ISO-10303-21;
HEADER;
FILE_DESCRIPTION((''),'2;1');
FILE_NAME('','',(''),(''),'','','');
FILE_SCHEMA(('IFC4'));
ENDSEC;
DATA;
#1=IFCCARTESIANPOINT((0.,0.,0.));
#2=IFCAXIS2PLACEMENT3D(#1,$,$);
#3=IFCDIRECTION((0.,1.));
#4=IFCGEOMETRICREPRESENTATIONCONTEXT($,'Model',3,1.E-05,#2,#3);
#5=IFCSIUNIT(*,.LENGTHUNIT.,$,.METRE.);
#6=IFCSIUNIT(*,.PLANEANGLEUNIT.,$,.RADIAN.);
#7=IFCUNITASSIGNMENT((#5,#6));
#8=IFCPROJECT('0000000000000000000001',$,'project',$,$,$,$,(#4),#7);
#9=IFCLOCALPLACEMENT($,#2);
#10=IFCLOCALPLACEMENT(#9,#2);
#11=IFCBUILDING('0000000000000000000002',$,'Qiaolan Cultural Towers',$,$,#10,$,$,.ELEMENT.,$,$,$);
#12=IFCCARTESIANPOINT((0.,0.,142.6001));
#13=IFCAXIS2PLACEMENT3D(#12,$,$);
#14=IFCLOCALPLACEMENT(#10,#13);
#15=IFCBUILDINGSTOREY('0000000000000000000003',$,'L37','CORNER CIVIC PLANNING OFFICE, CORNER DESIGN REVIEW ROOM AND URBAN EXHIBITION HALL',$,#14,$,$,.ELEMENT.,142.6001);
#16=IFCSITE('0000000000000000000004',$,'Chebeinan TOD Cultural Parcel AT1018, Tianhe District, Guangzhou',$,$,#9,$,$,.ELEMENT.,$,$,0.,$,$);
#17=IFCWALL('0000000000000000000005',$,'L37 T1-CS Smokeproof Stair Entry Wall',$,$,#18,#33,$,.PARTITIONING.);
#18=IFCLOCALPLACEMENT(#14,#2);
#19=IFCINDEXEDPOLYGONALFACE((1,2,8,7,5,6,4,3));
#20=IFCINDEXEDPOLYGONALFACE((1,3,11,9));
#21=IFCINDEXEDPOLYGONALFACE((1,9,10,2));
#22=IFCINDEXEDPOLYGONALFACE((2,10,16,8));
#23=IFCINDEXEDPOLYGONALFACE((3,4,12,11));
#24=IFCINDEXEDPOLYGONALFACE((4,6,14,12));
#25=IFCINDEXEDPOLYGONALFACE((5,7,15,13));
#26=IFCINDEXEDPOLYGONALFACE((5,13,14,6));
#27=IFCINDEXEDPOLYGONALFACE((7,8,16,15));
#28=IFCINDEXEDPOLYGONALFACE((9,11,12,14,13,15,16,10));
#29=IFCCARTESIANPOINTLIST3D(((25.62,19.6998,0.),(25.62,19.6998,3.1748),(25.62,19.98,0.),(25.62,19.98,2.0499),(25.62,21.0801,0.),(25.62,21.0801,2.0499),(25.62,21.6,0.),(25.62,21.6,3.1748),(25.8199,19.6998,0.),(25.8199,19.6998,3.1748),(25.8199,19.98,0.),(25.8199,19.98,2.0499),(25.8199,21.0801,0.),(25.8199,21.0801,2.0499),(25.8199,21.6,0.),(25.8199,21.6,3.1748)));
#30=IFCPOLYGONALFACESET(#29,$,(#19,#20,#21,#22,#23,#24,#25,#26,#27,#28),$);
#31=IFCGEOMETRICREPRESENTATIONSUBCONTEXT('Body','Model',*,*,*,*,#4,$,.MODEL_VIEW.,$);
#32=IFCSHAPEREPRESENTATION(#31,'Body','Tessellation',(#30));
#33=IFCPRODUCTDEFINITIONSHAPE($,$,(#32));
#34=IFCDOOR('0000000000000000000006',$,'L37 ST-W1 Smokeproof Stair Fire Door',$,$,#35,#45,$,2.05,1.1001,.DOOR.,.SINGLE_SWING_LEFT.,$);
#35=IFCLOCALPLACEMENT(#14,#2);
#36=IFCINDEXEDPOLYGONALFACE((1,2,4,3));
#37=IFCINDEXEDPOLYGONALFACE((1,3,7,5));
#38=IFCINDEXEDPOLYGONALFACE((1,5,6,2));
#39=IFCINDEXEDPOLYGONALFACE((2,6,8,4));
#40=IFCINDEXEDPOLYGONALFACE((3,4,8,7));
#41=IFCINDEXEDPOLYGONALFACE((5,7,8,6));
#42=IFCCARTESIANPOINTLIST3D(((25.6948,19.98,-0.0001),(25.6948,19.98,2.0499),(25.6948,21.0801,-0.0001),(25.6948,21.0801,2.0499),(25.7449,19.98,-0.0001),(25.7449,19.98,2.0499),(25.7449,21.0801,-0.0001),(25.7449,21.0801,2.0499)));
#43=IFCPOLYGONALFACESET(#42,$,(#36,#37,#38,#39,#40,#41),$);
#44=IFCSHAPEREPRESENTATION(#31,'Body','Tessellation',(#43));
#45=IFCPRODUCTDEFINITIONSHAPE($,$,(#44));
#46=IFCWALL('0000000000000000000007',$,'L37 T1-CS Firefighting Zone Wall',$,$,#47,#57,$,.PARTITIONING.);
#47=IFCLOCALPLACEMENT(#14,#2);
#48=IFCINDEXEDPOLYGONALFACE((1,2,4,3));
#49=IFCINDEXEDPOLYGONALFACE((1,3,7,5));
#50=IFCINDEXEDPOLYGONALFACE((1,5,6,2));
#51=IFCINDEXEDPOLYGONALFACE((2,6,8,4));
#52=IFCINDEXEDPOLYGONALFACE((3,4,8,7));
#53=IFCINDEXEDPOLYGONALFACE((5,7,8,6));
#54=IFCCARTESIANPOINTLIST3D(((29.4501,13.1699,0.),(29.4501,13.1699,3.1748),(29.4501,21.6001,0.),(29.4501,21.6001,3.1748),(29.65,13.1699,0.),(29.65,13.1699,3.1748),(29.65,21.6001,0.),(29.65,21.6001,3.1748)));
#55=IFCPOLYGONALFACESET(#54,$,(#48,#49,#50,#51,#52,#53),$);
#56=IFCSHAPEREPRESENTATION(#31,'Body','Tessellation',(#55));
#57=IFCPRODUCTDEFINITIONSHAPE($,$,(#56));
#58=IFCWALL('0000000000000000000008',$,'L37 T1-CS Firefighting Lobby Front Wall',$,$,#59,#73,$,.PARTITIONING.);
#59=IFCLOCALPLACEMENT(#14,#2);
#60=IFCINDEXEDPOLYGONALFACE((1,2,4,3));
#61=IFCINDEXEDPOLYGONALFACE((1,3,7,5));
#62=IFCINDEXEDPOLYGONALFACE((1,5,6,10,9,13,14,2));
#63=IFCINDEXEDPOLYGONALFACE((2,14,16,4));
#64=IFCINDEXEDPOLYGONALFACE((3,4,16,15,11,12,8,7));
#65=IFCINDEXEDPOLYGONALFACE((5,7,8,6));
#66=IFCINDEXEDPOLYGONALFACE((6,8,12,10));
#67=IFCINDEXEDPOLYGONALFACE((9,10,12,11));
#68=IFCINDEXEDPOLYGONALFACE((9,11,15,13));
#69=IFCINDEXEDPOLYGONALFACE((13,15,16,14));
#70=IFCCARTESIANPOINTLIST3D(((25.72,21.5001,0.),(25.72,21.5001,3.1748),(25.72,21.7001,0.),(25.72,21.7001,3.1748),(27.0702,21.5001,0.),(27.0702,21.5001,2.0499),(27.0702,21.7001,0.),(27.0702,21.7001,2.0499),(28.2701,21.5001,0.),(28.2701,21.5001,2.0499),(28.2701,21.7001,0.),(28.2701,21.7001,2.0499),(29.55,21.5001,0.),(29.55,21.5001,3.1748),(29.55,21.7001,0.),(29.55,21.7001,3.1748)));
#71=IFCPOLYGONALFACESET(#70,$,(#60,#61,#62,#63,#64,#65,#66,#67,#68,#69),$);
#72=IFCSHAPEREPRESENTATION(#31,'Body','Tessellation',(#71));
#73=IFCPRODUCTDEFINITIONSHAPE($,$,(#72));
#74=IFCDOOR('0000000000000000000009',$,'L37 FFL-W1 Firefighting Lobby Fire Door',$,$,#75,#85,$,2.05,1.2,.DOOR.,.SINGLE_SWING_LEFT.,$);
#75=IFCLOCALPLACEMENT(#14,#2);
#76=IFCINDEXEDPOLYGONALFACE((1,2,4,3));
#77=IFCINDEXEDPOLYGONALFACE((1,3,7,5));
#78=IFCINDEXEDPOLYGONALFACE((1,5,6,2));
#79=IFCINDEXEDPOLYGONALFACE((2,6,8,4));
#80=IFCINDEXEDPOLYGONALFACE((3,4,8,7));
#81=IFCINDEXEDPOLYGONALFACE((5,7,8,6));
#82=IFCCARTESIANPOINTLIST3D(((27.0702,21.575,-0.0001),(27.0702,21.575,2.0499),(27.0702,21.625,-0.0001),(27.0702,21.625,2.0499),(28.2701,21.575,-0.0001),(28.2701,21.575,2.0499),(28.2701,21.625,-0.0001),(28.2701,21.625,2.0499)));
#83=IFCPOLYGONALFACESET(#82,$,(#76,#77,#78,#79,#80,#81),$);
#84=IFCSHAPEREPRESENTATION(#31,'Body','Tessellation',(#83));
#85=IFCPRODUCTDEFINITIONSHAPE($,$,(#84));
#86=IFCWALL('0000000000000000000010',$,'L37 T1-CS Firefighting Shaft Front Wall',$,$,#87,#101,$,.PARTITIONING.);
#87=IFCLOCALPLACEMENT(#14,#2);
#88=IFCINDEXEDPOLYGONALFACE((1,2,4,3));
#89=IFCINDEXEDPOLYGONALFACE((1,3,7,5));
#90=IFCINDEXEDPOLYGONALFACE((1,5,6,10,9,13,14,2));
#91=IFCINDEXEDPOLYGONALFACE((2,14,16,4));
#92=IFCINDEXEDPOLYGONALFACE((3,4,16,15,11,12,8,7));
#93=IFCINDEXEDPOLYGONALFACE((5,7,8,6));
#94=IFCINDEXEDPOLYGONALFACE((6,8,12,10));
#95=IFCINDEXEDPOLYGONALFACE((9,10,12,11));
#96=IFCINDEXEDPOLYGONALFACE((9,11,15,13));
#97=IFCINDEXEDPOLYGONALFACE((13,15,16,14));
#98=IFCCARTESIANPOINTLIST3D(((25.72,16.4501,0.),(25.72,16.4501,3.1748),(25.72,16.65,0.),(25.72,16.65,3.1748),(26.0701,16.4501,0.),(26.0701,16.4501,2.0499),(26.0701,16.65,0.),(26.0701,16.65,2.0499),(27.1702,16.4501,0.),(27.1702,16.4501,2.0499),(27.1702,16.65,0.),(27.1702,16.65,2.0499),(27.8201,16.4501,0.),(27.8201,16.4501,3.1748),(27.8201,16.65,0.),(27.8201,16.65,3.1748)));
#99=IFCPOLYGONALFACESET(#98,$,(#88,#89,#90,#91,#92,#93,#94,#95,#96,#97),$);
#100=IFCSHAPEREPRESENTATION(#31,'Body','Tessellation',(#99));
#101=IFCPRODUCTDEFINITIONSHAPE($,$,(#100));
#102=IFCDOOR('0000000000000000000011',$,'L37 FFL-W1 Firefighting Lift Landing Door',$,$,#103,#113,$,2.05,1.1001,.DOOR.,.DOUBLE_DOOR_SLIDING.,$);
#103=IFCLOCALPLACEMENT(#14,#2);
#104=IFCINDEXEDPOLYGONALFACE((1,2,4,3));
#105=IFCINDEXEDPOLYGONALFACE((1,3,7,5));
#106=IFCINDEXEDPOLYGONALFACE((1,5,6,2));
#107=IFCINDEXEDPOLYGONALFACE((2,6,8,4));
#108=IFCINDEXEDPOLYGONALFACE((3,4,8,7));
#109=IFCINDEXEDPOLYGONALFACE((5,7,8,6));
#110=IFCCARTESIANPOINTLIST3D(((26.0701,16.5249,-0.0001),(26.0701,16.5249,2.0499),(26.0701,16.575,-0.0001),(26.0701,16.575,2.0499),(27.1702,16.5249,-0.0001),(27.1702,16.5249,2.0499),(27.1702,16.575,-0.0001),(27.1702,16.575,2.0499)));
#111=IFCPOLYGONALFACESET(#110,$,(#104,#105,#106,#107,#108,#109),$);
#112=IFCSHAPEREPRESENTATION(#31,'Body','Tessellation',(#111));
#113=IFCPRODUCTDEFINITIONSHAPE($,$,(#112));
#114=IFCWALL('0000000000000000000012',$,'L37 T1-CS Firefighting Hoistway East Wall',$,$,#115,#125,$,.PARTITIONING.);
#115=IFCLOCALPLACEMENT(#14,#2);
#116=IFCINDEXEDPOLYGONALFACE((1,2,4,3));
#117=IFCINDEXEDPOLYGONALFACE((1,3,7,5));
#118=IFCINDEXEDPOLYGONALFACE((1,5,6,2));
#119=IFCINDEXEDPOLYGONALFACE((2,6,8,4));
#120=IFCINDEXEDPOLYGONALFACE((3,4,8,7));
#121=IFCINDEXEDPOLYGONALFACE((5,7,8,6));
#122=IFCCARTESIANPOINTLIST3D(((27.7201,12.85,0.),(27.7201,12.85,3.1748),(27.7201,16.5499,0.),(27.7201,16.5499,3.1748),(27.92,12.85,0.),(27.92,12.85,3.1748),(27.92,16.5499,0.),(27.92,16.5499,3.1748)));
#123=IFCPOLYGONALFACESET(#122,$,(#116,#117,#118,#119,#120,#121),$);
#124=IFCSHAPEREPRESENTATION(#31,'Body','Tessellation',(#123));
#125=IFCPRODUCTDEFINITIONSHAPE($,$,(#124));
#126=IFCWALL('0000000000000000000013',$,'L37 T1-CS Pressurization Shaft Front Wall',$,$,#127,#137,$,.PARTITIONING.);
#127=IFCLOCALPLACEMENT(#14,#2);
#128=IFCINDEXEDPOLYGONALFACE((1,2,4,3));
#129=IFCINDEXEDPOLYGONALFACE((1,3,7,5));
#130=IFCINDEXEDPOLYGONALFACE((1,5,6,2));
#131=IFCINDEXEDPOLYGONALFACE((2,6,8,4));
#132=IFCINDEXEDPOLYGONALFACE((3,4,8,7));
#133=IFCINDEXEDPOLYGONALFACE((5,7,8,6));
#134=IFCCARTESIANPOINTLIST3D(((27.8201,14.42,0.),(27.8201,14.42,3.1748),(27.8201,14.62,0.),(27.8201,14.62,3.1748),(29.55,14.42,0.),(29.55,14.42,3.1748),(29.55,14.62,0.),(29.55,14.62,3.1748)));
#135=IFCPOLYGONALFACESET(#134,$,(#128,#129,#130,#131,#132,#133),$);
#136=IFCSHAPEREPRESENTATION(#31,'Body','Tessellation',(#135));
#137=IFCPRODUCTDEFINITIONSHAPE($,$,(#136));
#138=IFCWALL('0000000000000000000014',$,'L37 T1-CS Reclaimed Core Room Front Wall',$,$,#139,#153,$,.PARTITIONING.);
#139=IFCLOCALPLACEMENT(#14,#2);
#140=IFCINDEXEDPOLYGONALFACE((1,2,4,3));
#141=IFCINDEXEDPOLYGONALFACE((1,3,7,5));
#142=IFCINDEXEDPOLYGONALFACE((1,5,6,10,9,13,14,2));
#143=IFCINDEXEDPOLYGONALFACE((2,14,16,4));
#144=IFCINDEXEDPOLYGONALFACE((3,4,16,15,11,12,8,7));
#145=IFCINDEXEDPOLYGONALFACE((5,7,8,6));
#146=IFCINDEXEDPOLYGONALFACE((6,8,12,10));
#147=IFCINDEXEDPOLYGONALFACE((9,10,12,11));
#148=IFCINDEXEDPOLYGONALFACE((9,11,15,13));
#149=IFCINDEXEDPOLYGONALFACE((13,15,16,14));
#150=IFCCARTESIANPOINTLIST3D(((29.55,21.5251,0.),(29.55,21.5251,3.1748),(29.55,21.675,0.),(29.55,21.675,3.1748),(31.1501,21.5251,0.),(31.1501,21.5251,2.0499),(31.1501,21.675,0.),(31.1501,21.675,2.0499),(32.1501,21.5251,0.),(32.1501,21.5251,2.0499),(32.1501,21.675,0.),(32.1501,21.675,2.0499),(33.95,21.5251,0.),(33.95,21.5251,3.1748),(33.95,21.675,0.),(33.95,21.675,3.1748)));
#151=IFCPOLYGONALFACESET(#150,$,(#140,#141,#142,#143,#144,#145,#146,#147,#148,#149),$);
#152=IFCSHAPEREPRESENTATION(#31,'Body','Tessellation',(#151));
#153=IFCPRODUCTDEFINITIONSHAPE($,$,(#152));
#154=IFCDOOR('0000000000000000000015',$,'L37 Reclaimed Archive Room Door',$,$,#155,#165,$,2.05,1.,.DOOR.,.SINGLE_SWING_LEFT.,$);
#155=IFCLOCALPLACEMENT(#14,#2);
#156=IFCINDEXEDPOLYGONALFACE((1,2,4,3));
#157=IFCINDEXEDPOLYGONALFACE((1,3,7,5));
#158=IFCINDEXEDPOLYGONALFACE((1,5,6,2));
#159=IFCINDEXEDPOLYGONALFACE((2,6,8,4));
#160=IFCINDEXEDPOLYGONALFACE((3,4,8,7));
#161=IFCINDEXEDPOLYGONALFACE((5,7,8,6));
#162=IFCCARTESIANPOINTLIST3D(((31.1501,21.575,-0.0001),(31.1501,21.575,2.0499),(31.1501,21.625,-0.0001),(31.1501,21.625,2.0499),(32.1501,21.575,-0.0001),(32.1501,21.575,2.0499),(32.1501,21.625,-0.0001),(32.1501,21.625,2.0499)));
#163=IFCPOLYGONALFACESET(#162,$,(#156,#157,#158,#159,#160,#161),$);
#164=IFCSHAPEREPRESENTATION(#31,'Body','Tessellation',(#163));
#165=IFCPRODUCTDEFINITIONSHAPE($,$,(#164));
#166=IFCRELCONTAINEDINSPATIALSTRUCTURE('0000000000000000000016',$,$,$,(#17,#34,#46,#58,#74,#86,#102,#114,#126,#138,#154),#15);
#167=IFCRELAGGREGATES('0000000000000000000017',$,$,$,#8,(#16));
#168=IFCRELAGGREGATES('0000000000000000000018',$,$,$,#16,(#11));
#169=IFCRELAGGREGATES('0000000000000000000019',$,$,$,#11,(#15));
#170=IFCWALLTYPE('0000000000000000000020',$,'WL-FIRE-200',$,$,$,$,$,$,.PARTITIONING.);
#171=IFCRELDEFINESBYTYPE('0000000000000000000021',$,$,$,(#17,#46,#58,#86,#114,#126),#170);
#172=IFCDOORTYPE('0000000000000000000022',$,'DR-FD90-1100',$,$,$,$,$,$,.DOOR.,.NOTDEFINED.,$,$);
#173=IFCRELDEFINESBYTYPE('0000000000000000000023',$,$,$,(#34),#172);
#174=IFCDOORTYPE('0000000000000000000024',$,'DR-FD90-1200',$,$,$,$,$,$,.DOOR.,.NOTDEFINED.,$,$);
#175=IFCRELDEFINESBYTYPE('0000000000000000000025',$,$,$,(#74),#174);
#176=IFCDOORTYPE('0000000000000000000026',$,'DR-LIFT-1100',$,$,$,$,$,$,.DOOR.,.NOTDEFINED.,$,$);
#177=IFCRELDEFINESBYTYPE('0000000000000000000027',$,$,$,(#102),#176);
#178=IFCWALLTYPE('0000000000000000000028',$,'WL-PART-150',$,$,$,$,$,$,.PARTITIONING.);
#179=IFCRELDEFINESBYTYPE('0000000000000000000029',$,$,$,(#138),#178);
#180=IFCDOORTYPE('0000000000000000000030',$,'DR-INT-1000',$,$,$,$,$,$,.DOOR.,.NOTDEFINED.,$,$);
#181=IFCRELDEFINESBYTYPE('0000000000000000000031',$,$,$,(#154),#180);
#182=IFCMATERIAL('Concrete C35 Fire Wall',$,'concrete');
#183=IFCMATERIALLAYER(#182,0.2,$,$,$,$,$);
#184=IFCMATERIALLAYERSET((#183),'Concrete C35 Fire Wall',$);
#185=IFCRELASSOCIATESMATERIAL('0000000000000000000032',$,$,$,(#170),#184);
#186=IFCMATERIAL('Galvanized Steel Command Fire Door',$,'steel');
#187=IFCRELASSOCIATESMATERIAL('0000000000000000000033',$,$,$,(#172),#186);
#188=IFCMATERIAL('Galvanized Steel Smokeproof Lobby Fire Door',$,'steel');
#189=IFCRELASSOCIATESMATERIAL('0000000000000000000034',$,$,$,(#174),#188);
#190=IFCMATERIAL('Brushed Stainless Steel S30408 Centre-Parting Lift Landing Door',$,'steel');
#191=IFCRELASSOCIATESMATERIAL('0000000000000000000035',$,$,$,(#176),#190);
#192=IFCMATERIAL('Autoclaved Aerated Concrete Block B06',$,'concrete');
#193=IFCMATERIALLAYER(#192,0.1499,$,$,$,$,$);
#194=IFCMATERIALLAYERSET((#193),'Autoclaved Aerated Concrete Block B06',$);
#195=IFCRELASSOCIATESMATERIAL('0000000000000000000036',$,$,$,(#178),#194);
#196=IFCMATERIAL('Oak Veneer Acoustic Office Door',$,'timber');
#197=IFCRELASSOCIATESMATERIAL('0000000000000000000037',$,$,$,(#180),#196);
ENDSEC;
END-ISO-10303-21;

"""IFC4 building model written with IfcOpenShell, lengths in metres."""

from ifc_helpers import new_model, si_unit, direction, frame, frame_2d, origin, place, context, subcontext, project, spatial, rectangle, extrude, material, layer, layer_set, type_object, element, fill, save


model = new_model("IFC4")

# Units and contexts
model_context = context("Model", 3, precision=1e-05, world=origin(), true_north=direction((0.0, 1.0)))
body_context = subcontext(model_context, "Body", "Model", "MODEL_VIEW")
ifc_project = project(units=[si_unit("LENGTHUNIT", "METRE"), si_unit("PLANEANGLEUNIT", "RADIAN")], contexts=[model_context])

# Site, building, storey
site_placement = place(None, origin())
site = spatial("IfcSite", under=ifc_project, at=site_placement, Name="Chebeinan TOD Cultural Parcel AT1018, Tianhe District, Guangzhou", CompositionType="ELEMENT", RefElevation=0.0)
building_placement = place(site_placement, origin())
building = spatial("IfcBuilding", under=site, at=building_placement, Name="Qiaolan Cultural Towers", CompositionType="ELEMENT")
storey_placement = place(building_placement, frame((0.0, 0.0, 142.6001)))
storey = spatial("IfcBuildingStorey", under=building, at=storey_placement, Name="L37", Description="CORNER CIVIC PLANNING OFFICE, CORNER DESIGN REVIEW ROOM AND URBAN EXHIBITION HALL", CompositionType="ELEMENT", Elevation=142.6001)

# Wall, opening, door
ifc_material_1 = material(Name="Concrete C35 Fire Wall", Category="concrete")
ifc_layer_1 = layer(ifc_material_1, 0.2)
ifc_layer_set_1 = layer_set([ifc_layer_1], Name="Concrete C35 Fire Wall")
wall_type_1 = type_object("IfcWallType", Name="WL-FIRE-200", PredefinedType="PARTITIONING", material=ifc_layer_set_1)
wall_1_placement = place(storey_placement, frame((25.72, 21.6001, 0.0), z_axis=(0.0, 0.0, 1.0), x_axis=(0.0, -1.0, 0.0)))
wall_1 = element("IfcWall", 1, at=wall_1_placement, inside=storey, type_object=wall_type_1, Name="L37 T1-CS Smokeproof Stair Entry Wall", PredefinedType="PARTITIONING", context=body_context, shape_type="SweptSolid", body=[
    extrude(rectangle(XDim=1.9001, YDim=0.2, at=frame_2d((0.9502, 0.0))), origin(), (0.0, 0.0, 1.0), 3.1748),
])
opening_1_placement = place(wall_1_placement, frame((0.52, 0.0, 0.0)))
opening_1 = element("IfcOpeningElement", 2, at=opening_1_placement, cuts=wall_1, PredefinedType="OPENING", context=body_context, shape_type="SweptSolid", body=[
    extrude(rectangle(XDim=1.1001, YDim=2.05, at=frame_2d((0.55, 1.0249))), frame((0.0, 0.1099, 0.0), z_axis=(0.0, -1.0, 0.0), x_axis=(1.0, 0.0, 0.0)), (0.0, 0.0, 1.0), 0.22),
])
ifc_material_2 = material(Name="Galvanized Steel Command Fire Door", Category="steel")
door_type_1 = type_object("IfcDoorType", Name="DR-FD90-1100", OperationType="NOTDEFINED", PredefinedType="DOOR", material=ifc_material_2)
door_1_placement = place(opening_1_placement, origin())
door_1 = element("IfcDoor", 3, at=door_1_placement, inside=storey, type_object=door_type_1, Name="L37 ST-W1 Smokeproof Stair Fire Door", OperationType="SINGLE_SWING_LEFT", OverallHeight=2.05, OverallWidth=1.1001, PredefinedType="DOOR", context=body_context, shape_type="SweptSolid", body=[
    extrude(rectangle(XDim=1.1001, YDim=2.05, at=frame_2d((0.55, 1.0249))), frame((0.0, 0.0249, 0.0), z_axis=(0.0, -1.0, 0.0), x_axis=(1.0, 0.0, 0.0)), (0.0, 0.0, 1.0), 0.05),
])
fill(opening_1, door_1)

# Wall
wall_2_placement = place(storey_placement, frame((29.55, 21.6001, 0.0), z_axis=(0.0, 0.0, 1.0), x_axis=(0.0, -1.0, 0.0)))
element("IfcWall", 4, at=wall_2_placement, inside=storey, type_object=wall_type_1, Name="L37 T1-CS Firefighting Zone Wall", PredefinedType="PARTITIONING", context=body_context, shape_type="SweptSolid", body=[
    extrude(rectangle(XDim=8.4302, YDim=0.2, at=frame_2d((4.2151, 0.0))), origin(), (0.0, 0.0, 1.0), 3.1748),
])

# Walls, openings, doors
wall_3_placement = place(storey_placement, frame((25.72, 21.6001, 0.0), z_axis=(0.0, 0.0, 1.0), x_axis=(1.0, 0.0, 0.0)))
wall_3 = element("IfcWall", 5, at=wall_3_placement, inside=storey, type_object=wall_type_1, Name="L37 T1-CS Firefighting Lobby Front Wall", PredefinedType="PARTITIONING", context=body_context, shape_type="SweptSolid", body=[
    extrude(rectangle(XDim=3.8301, YDim=0.2, at=frame_2d((1.915, 0.0))), origin(), (0.0, 0.0, 1.0), 3.1748),
])
opening_2_placement = place(wall_3_placement, frame((1.3501, 0.0, 0.0)))
opening_2 = element("IfcOpeningElement", 6, at=opening_2_placement, cuts=wall_3, PredefinedType="OPENING", context=body_context, shape_type="SweptSolid", body=[
    extrude(rectangle(XDim=1.2, YDim=2.05, at=frame_2d((0.6001, 1.0249))), frame((0.0, 0.1099, 0.0), z_axis=(0.0, -1.0, 0.0), x_axis=(1.0, 0.0, 0.0)), (0.0, 0.0, 1.0), 0.22),
])
ifc_material_3 = material(Name="Galvanized Steel Smokeproof Lobby Fire Door", Category="steel")
door_type_2 = type_object("IfcDoorType", Name="DR-FD90-1200", OperationType="NOTDEFINED", PredefinedType="DOOR", material=ifc_material_3)
door_2_placement = place(opening_2_placement, origin())
door_2 = element("IfcDoor", 7, at=door_2_placement, inside=storey, type_object=door_type_2, Name="L37 FFL-W1 Firefighting Lobby Fire Door", OperationType="SINGLE_SWING_LEFT", OverallHeight=2.05, OverallWidth=1.2, PredefinedType="DOOR", context=body_context, shape_type="SweptSolid", body=[
    extrude(rectangle(XDim=1.2, YDim=2.05, at=frame_2d((0.6001, 1.0249))), frame((0.0, 0.0249, 0.0), z_axis=(0.0, -1.0, 0.0), x_axis=(1.0, 0.0, 0.0)), (0.0, 0.0, 1.0), 0.05),
])
fill(opening_2, door_2)
wall_4_placement = place(storey_placement, frame((25.72, 16.55, 0.0), z_axis=(0.0, 0.0, 1.0), x_axis=(1.0, 0.0, 0.0)))
wall_4 = element("IfcWall", 8, at=wall_4_placement, inside=storey, type_object=wall_type_1, Name="L37 T1-CS Firefighting Shaft Front Wall", PredefinedType="PARTITIONING", context=body_context, shape_type="SweptSolid", body=[
    extrude(rectangle(XDim=2.1001, YDim=0.2, at=frame_2d((1.05, 0.0))), origin(), (0.0, 0.0, 1.0), 3.1748),
])
opening_3_placement = place(wall_4_placement, frame((0.3501, 0.0, 0.0)))
opening_3 = element("IfcOpeningElement", 9, at=opening_3_placement, cuts=wall_4, PredefinedType="OPENING", context=body_context, shape_type="SweptSolid", body=[
    extrude(rectangle(XDim=1.1001, YDim=2.05, at=frame_2d((0.55, 1.0249))), frame((0.0, 0.1099, 0.0), z_axis=(0.0, -1.0, 0.0), x_axis=(1.0, 0.0, 0.0)), (0.0, 0.0, 1.0), 0.22),
])
ifc_material_4 = material(Name="Brushed Stainless Steel S30408 Centre-Parting Lift Landing Door", Category="steel")
door_type_3 = type_object("IfcDoorType", Name="DR-LIFT-1100", OperationType="NOTDEFINED", PredefinedType="DOOR", material=ifc_material_4)
door_3_placement = place(opening_3_placement, origin())
door_3 = element("IfcDoor", 10, at=door_3_placement, inside=storey, type_object=door_type_3, Name="L37 FFL-W1 Firefighting Lift Landing Door", OperationType="DOUBLE_DOOR_SLIDING", OverallHeight=2.05, OverallWidth=1.1001, PredefinedType="DOOR", context=body_context, shape_type="SweptSolid", body=[
    extrude(rectangle(XDim=1.1001, YDim=2.05, at=frame_2d((0.55, 1.0249))), frame((0.0, 0.0249, 0.0), z_axis=(0.0, -1.0, 0.0), x_axis=(1.0, 0.0, 0.0)), (0.0, 0.0, 1.0), 0.05),
])
fill(opening_3, door_3)

# Walls
wall_5_placement = place(storey_placement, frame((27.8201, 16.55, 0.0), z_axis=(0.0, 0.0, 1.0), x_axis=(0.0, -1.0, 0.0)))
element("IfcWall", 11, at=wall_5_placement, inside=storey, type_object=wall_type_1, Name="L37 T1-CS Firefighting Hoistway East Wall", PredefinedType="PARTITIONING", context=body_context, shape_type="SweptSolid", body=[
    extrude(rectangle(XDim=3.7, YDim=0.2, at=frame_2d((1.8501, 0.0))), origin(), (0.0, 0.0, 1.0), 3.1748),
])
wall_6_placement = place(storey_placement, frame((27.8201, 14.52, 0.0), z_axis=(0.0, 0.0, 1.0), x_axis=(1.0, 0.0, 0.0)))
element("IfcWall", 12, at=wall_6_placement, inside=storey, type_object=wall_type_1, Name="L37 T1-CS Pressurization Shaft Front Wall", PredefinedType="PARTITIONING", context=body_context, shape_type="SweptSolid", body=[
    extrude(rectangle(XDim=1.73, YDim=0.2, at=frame_2d((0.865, 0.0))), origin(), (0.0, 0.0, 1.0), 3.1748),
])

# Wall, opening, door
ifc_material_5 = material(Name="Autoclaved Aerated Concrete Block B06", Category="concrete")
ifc_layer_2 = layer(ifc_material_5, 0.1499)
ifc_layer_set_2 = layer_set([ifc_layer_2], Name="Autoclaved Aerated Concrete Block B06")
wall_type_2 = type_object("IfcWallType", Name="WL-PART-150", PredefinedType="PARTITIONING", material=ifc_layer_set_2)
wall_7_placement = place(storey_placement, frame((29.55, 21.6001, 0.0), z_axis=(0.0, 0.0, 1.0), x_axis=(1.0, 0.0, 0.0)))
wall_7 = element("IfcWall", 13, at=wall_7_placement, inside=storey, type_object=wall_type_2, Name="L37 T1-CS Reclaimed Core Room Front Wall", PredefinedType="PARTITIONING", context=body_context, shape_type="SweptSolid", body=[
    extrude(rectangle(XDim=4.3999, YDim=0.1499, at=frame_2d((2.2, 0.0))), origin(), (0.0, 0.0, 1.0), 3.1748),
])
opening_4_placement = place(wall_7_placement, frame((1.6001, 0.0, 0.0)))
opening_4 = element("IfcOpeningElement", 14, at=opening_4_placement, cuts=wall_7, PredefinedType="OPENING", context=body_context, shape_type="SweptSolid", body=[
    extrude(rectangle(XDim=1.0, YDim=2.05, at=frame_2d((0.5, 1.0249))), frame((0.0, 0.085, 0.0), z_axis=(0.0, -1.0, 0.0), x_axis=(1.0, 0.0, 0.0)), (0.0, 0.0, 1.0), 0.1699),
])
ifc_material_6 = material(Name="Oak Veneer Acoustic Office Door", Category="timber")
door_type_4 = type_object("IfcDoorType", Name="DR-INT-1000", OperationType="NOTDEFINED", PredefinedType="DOOR", material=ifc_material_6)
door_4_placement = place(opening_4_placement, origin())
door_4 = element("IfcDoor", 15, at=door_4_placement, inside=storey, type_object=door_type_4, Name="L37 Reclaimed Archive Room Door", OperationType="SINGLE_SWING_LEFT", OverallHeight=2.05, OverallWidth=1.0, PredefinedType="DOOR", context=body_context, shape_type="SweptSolid", body=[
    extrude(rectangle(XDim=1.0, YDim=2.05, at=frame_2d((0.5, 1.0249))), frame((0.0, 0.0249, 0.0), z_axis=(0.0, -1.0, 0.0), x_axis=(1.0, 0.0, 0.0)), (0.0, 0.0, 1.0), 0.05),
])
fill(opening_4, door_4)

save(model, "model.ifc")
